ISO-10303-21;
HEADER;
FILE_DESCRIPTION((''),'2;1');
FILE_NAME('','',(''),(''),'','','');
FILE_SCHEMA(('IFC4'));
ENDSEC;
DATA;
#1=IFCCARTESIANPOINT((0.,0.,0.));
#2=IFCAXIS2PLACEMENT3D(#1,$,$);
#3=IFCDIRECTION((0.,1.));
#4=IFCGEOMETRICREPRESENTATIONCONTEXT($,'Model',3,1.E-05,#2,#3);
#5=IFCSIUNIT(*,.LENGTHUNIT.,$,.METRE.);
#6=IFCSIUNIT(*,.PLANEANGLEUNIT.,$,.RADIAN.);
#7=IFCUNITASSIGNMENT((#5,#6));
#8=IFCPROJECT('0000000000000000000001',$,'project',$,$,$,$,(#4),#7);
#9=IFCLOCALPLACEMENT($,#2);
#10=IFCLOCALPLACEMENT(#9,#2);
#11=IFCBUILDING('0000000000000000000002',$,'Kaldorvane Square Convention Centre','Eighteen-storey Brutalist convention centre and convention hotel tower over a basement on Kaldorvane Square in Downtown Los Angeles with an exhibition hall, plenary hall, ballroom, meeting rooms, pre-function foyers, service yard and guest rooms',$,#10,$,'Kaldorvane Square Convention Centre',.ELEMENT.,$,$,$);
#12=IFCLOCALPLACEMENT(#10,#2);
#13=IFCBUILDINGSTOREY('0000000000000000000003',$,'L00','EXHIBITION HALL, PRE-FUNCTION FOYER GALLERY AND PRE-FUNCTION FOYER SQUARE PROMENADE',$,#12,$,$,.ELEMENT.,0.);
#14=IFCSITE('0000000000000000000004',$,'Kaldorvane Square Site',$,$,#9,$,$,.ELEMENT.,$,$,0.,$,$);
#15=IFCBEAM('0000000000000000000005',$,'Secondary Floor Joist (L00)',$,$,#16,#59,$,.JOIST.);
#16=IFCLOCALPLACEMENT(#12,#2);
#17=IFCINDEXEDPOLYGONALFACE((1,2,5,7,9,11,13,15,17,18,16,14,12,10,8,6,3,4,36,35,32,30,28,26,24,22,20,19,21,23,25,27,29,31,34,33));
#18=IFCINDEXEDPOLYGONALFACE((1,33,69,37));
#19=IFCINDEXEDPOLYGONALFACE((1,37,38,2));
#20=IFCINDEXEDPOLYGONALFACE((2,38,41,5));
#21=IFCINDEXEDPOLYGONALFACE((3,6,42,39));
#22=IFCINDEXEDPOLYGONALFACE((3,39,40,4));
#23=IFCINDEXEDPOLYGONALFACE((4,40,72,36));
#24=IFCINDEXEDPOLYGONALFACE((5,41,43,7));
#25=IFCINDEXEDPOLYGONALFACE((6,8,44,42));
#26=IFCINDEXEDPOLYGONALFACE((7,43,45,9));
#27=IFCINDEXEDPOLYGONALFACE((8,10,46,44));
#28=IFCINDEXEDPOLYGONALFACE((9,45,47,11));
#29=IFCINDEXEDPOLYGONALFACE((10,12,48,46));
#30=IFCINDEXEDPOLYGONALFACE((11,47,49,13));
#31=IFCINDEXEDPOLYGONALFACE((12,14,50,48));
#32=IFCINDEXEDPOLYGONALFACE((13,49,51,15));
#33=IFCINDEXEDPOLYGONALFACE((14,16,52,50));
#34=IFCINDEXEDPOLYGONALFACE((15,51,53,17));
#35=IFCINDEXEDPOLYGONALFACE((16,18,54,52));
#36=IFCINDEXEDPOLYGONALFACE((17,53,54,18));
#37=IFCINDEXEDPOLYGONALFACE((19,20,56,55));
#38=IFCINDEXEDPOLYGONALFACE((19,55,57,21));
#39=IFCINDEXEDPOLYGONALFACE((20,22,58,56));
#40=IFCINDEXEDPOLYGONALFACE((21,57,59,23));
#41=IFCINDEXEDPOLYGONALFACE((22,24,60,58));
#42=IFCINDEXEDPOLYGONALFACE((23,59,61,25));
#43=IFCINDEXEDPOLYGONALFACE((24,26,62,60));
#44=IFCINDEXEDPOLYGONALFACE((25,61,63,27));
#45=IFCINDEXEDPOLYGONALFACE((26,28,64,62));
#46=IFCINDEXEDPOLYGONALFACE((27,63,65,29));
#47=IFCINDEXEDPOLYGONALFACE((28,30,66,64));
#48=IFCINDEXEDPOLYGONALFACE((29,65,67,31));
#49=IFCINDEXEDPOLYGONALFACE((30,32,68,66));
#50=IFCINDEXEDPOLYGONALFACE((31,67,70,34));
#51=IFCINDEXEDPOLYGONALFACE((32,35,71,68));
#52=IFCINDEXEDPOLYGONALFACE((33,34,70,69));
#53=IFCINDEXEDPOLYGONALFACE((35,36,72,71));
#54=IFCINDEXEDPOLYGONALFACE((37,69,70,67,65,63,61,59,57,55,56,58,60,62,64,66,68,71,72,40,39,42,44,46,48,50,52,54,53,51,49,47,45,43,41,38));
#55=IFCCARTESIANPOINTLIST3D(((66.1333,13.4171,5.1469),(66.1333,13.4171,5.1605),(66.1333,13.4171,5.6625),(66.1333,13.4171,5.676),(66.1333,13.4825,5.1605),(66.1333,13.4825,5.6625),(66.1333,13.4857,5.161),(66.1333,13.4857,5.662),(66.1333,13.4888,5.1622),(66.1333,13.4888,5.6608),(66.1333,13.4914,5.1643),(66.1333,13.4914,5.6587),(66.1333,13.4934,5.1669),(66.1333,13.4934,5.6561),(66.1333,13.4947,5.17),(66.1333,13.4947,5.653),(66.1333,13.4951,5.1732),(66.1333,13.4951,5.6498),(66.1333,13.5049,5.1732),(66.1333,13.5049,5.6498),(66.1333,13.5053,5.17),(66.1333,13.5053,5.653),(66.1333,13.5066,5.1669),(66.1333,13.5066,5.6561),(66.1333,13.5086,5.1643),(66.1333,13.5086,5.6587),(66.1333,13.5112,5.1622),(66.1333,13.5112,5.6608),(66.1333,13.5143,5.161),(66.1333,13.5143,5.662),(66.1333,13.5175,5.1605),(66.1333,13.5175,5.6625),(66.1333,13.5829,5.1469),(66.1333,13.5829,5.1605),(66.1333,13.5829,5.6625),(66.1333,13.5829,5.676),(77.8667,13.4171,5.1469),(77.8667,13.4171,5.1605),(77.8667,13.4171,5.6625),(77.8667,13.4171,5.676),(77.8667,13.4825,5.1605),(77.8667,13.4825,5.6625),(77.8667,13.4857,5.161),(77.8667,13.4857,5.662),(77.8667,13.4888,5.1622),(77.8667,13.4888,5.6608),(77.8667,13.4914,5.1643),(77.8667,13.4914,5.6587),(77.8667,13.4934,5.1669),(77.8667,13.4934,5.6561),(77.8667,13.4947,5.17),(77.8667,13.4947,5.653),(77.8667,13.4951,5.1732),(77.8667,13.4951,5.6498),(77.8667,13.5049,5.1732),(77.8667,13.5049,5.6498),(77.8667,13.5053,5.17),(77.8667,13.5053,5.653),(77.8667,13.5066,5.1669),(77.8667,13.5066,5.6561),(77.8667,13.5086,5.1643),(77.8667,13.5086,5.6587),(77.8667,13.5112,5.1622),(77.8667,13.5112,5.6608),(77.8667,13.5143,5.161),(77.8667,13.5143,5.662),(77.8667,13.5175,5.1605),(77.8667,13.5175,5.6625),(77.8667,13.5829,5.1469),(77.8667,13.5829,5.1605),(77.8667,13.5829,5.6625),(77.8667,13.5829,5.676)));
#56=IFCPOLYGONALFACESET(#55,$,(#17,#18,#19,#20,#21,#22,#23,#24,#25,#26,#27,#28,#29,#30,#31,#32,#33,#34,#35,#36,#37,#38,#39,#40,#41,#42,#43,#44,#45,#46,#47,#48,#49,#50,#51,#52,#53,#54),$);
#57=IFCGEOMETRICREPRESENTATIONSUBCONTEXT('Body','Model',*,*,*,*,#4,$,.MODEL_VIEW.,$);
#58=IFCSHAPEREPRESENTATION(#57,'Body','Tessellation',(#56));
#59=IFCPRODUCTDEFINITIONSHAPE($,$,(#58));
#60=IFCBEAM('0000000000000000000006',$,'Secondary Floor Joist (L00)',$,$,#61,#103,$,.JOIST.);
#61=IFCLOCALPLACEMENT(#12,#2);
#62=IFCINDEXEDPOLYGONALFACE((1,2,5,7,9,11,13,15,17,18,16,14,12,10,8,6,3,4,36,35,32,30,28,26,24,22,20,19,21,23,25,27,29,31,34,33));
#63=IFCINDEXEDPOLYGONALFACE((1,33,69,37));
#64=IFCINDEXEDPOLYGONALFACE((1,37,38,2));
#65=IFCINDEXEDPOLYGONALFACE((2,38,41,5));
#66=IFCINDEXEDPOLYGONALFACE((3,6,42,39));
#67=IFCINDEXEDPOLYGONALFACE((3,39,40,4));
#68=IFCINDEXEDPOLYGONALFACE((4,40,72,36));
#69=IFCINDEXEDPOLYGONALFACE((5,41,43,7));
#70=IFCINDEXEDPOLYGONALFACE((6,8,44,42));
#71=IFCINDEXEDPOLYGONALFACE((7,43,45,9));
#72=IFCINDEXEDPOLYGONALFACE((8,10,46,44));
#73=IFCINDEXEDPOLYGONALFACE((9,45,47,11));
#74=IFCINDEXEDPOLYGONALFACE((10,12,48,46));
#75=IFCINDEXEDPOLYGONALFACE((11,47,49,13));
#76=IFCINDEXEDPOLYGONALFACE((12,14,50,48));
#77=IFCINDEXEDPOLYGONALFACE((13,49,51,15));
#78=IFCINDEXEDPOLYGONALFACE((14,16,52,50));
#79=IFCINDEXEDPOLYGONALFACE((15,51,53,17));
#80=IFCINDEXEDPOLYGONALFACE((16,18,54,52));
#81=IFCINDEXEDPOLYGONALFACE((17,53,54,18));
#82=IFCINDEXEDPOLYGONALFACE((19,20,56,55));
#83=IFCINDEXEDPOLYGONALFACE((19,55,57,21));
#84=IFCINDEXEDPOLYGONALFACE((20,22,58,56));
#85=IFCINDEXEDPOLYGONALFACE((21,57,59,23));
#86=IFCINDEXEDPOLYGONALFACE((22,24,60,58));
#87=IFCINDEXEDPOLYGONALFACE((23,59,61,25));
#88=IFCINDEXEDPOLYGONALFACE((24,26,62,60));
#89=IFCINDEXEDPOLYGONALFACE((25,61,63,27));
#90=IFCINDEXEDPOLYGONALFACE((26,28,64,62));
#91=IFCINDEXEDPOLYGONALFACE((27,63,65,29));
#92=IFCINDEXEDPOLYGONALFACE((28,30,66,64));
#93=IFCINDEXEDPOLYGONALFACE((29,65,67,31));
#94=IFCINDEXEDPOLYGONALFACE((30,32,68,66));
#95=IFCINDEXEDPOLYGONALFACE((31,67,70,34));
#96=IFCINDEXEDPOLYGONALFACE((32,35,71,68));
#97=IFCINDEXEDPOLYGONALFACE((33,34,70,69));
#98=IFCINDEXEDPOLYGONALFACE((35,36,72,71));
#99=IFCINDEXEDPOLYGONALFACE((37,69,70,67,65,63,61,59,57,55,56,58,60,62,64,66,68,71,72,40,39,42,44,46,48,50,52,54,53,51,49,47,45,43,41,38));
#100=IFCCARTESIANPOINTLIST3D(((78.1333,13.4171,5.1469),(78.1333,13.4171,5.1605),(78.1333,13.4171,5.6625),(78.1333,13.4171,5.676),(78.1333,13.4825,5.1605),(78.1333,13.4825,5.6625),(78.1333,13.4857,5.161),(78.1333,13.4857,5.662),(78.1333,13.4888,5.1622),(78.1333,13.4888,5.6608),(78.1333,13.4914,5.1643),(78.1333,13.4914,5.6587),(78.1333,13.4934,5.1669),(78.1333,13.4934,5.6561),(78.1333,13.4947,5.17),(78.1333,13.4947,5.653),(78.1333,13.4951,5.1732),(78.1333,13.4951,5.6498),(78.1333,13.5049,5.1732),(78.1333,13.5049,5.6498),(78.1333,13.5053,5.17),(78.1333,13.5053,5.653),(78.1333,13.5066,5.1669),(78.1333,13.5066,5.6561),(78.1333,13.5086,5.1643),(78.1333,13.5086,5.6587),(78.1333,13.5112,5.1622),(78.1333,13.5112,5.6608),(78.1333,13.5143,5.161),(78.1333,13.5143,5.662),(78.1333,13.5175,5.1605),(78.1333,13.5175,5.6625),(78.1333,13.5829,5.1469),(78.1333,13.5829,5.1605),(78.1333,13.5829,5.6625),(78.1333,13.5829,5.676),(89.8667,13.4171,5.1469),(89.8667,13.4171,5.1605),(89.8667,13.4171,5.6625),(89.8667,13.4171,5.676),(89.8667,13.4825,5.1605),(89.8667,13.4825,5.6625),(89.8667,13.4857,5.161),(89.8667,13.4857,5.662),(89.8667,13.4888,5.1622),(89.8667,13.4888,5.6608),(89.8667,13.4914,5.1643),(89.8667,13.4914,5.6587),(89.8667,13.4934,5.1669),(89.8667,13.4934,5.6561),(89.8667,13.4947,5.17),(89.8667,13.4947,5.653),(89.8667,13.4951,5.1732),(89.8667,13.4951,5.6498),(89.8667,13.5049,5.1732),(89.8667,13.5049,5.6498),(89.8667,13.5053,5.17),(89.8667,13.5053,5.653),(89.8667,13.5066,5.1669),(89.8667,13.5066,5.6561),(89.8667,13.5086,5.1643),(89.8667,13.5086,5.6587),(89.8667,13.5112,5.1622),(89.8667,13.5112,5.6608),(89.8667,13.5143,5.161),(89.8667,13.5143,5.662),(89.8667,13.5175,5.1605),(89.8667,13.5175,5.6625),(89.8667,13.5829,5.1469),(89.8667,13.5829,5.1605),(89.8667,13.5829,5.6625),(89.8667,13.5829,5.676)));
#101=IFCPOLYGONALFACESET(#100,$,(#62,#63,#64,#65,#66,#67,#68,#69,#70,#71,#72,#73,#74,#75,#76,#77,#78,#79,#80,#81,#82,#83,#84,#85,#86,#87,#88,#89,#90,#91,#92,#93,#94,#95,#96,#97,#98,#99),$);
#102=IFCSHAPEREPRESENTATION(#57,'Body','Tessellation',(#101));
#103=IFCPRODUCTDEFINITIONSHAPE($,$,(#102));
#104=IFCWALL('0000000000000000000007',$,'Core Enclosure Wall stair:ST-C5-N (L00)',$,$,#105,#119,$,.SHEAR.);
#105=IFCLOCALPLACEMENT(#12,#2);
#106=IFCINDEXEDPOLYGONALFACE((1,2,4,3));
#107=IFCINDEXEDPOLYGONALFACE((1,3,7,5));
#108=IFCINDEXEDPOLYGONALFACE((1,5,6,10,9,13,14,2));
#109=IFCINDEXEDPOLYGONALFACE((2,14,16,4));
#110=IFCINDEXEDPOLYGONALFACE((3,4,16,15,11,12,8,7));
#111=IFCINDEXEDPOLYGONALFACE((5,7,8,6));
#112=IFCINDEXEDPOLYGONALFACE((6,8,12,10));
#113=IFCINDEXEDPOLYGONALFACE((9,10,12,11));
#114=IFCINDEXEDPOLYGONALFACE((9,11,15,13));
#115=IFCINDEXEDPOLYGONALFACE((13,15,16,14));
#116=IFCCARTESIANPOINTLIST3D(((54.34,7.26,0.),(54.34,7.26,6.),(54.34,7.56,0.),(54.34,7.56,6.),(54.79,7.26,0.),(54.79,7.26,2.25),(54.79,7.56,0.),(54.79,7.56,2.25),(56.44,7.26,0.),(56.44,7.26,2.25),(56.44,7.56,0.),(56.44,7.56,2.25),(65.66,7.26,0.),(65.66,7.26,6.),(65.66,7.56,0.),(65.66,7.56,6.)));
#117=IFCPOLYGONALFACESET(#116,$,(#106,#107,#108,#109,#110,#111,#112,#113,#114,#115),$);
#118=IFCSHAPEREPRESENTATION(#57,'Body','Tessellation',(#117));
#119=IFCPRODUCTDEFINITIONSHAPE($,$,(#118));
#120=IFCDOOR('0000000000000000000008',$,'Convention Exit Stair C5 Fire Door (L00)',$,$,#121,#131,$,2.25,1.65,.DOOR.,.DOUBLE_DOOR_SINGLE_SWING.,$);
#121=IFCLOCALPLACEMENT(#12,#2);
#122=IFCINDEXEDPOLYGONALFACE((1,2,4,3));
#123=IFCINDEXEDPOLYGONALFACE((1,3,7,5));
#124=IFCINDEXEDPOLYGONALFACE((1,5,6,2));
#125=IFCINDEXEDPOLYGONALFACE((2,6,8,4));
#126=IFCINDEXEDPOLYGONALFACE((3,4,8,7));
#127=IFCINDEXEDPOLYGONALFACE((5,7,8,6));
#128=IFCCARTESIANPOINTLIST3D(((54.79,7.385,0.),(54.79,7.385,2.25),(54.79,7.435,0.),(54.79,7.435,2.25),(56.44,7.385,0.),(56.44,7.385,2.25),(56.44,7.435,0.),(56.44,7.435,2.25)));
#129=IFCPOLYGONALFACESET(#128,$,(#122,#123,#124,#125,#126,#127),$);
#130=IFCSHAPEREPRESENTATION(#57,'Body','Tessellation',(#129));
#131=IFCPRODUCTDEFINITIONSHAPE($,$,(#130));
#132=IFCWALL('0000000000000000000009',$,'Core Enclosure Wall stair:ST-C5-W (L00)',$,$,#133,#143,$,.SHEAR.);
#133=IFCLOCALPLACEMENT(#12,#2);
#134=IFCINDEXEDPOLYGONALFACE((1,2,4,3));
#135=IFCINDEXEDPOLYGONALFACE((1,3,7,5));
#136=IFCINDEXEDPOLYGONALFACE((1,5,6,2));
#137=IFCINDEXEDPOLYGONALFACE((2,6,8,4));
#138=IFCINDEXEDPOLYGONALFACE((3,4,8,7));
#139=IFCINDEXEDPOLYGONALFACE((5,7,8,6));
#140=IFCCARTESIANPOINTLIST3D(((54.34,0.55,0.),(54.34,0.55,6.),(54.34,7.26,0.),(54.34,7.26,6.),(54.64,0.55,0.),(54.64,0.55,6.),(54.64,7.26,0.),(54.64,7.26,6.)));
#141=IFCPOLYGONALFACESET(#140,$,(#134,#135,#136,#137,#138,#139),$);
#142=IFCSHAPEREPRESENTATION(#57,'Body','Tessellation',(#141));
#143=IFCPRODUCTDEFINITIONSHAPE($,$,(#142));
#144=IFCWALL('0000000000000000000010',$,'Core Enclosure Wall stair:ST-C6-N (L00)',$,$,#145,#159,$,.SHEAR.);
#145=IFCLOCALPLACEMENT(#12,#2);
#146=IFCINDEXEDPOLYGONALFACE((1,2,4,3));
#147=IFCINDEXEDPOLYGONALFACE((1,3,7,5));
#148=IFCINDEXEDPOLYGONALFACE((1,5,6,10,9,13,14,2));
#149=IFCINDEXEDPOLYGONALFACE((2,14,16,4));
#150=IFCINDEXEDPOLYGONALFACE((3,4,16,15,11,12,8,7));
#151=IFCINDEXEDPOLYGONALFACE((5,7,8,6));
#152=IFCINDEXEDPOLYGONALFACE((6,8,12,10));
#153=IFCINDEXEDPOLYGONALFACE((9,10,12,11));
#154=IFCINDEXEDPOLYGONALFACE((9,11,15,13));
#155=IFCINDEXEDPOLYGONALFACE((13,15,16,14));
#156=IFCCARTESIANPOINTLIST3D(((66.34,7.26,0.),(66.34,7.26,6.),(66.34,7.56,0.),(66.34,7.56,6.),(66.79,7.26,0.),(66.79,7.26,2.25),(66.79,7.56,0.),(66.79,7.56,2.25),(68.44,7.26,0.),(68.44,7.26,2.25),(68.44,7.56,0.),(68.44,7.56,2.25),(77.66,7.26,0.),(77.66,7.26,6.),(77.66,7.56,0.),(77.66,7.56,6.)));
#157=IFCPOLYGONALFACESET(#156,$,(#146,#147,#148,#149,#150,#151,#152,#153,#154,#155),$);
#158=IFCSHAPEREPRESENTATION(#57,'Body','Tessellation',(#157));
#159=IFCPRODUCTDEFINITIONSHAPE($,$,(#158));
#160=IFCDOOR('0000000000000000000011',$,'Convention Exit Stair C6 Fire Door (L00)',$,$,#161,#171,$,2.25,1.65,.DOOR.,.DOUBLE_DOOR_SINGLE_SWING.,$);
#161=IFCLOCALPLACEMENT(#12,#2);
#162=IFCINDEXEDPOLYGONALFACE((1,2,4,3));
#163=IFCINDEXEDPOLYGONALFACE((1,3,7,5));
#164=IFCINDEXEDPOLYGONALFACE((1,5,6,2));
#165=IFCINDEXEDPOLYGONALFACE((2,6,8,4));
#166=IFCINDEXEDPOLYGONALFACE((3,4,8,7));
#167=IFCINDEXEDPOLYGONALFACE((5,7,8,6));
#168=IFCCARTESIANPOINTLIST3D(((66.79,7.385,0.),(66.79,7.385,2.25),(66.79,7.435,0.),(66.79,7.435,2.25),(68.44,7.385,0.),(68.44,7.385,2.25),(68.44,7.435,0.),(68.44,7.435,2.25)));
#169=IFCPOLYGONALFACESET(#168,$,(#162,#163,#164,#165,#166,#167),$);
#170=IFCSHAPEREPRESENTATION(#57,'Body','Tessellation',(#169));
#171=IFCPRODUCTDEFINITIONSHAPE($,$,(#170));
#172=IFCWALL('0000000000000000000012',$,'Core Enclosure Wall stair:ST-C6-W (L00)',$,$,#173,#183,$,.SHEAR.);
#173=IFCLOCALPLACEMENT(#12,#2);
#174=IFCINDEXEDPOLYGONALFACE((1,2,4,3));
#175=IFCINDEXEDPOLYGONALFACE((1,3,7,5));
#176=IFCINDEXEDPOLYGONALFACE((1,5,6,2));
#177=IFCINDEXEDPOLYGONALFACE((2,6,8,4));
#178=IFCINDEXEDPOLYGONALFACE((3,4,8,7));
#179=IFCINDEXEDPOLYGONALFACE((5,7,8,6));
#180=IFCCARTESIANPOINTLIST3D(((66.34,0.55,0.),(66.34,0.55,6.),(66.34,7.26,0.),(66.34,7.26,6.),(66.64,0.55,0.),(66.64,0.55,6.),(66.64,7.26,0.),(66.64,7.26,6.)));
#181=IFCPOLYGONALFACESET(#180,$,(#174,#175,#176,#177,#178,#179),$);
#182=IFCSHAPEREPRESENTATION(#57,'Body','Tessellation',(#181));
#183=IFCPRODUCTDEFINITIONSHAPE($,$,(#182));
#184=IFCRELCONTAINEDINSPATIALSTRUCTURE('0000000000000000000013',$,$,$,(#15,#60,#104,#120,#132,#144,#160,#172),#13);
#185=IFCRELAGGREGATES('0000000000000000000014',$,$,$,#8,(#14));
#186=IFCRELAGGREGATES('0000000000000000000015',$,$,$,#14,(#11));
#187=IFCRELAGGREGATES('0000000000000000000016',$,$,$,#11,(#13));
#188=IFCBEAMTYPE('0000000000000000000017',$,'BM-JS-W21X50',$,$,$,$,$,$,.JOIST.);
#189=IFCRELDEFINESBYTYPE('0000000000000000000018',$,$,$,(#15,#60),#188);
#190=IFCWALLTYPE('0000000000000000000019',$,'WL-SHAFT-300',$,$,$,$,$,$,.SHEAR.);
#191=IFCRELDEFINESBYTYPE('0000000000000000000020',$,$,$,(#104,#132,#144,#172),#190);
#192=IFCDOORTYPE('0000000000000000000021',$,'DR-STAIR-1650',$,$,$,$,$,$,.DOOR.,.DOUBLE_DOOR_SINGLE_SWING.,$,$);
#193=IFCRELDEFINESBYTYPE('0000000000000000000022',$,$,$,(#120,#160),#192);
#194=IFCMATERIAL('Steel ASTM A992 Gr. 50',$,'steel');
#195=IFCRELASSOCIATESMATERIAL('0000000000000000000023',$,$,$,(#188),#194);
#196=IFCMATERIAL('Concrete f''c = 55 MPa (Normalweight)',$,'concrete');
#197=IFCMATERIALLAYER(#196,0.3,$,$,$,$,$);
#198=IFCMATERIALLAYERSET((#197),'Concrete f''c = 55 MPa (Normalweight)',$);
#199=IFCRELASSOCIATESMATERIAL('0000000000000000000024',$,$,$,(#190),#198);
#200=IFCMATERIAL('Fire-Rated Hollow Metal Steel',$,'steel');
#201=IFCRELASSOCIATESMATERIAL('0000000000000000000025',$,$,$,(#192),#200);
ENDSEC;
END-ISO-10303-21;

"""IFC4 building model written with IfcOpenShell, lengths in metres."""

from ifc_helpers import new_model, si_unit, direction, frame, frame_2d, origin, origin_2d, place, context, subcontext, project, spatial, rectangle, i_section, extrude, material, layer, layer_set, material_profile, profile_set, type_object, element, fill, save


model = new_model("IFC4")

# Units and contexts
model_context = context("Model", 3, precision=1e-05, world=origin(), true_north=direction((0.0, 1.0)))
body_context = subcontext(model_context, "Body", "Model", "MODEL_VIEW")
ifc_project = project(units=[si_unit("LENGTHUNIT", "METRE"), si_unit("PLANEANGLEUNIT", "RADIAN")], contexts=[model_context])

# Site, building, storey
site_placement = place(None, origin())
site = spatial("IfcSite", under=ifc_project, at=site_placement, Name="Kaldorvane Square Site", CompositionType="ELEMENT", RefElevation=0.0)
building_placement = place(site_placement, origin())
building = spatial("IfcBuilding", under=site, at=building_placement, Name="Kaldorvane Square Convention Centre", Description="Eighteen-storey Brutalist convention centre and convention hotel tower over a basement on Kaldorvane Square in Downtown Los Angeles with an exhibition hall, plenary hall, ballroom, meeting rooms, pre-function foyers, service yard and guest rooms", LongName="Kaldorvane Square Convention Centre", CompositionType="ELEMENT")
storey_placement = place(building_placement, origin())
storey = spatial("IfcBuildingStorey", under=building, at=storey_placement, Name="L00", Description="EXHIBITION HALL, PRE-FUNCTION FOYER GALLERY AND PRE-FUNCTION FOYER SQUARE PROMENADE", CompositionType="ELEMENT", Elevation=0.0)

# Shared definitions
ifc_material_1 = material(Name="Steel ASTM A992 Gr. 50", Category="steel")

# Beams
ifc_material_profile_1 = material_profile(ifc_material_1, i_section(OverallWidth=0.1659, OverallDepth=0.5291, WebThickness=0.0097, FlangeThickness=0.0136, FilletRadius=0.0127, at=origin_2d()), Name="W21X50")
ifc_profile_set_1 = profile_set([ifc_material_profile_1], Name="Steel ASTM A992 Gr. 50")
beam_type_1 = type_object("IfcBeamType", Name="BM-JS-W21X50", PredefinedType="JOIST", material=ifc_profile_set_1)
for number, where, z_axis, x_axis, name in (
    (1, (66.1333, 13.5, 5.4115), (1.0, 0.0, 0.0), (0.0, 1.0, 0.0), "Secondary Floor Joist (L00)"),
    (2, (78.1333, 13.5, 5.4115), (1.0, 0.0, 0.0), (0.0, 1.0, 0.0), "Secondary Floor Joist (L00)"),
):
    element("IfcBeam", number, at=place(storey_placement, frame(where, z_axis=z_axis, x_axis=x_axis)), inside=storey, type_object=beam_type_1, Name=name, PredefinedType="JOIST", context=body_context, shape_type="SweptSolid", body=[
        extrude(i_section(OverallWidth=0.1659, OverallDepth=0.5291, WebThickness=0.0097, FlangeThickness=0.0136, FilletRadius=0.0127, at=origin_2d()), origin(), (0.0, 0.0, 1.0), 11.7334),
    ])

# Wall, opening, door
ifc_material_2 = material(Name="Concrete f'c = 55 MPa (Normalweight)", Category="concrete")
ifc_layer = layer(ifc_material_2, 0.3)
ifc_layer_set = layer_set([ifc_layer], Name="Concrete f'c = 55 MPa (Normalweight)")
wall_type = type_object("IfcWallType", Name="WL-SHAFT-300", PredefinedType="SHEAR", material=ifc_layer_set)
wall_1_placement = place(storey_placement, frame((65.66, 7.41, 0.0), z_axis=(0.0, 0.0, 1.0), x_axis=(-1.0, 0.0, 0.0)))
wall_1 = element("IfcWall", 3, at=wall_1_placement, inside=storey, type_object=wall_type, Name="Core Enclosure Wall stair:ST-C5-N (L00)", PredefinedType="SHEAR", context=body_context, shape_type="SweptSolid", body=[
    extrude(rectangle(XDim=11.32, YDim=0.3, at=frame_2d((5.66, 0.0))), origin(), (0.0, 0.0, 1.0), 6.0),
])
opening_1_placement = place(wall_1_placement, frame((9.22, 0.0, 0.0)))
opening_1 = element("IfcOpeningElement", 4, at=opening_1_placement, cuts=wall_1, PredefinedType="OPENING", context=body_context, shape_type="SweptSolid", body=[
    extrude(rectangle(XDim=1.65, YDim=2.25, at=frame_2d((0.825, 1.125))), frame((0.0, 0.165, 0.0), z_axis=(0.0, -1.0, 0.0), x_axis=(1.0, 0.0, 0.0)), (0.0, 0.0, 1.0), 0.33),
])
ifc_material_3 = material(Name="Fire-Rated Hollow Metal Steel", Category="steel")
door_type = type_object("IfcDoorType", Name="DR-STAIR-1650", OperationType="DOUBLE_DOOR_SINGLE_SWING", PredefinedType="DOOR", material=ifc_material_3)
door_1_placement = place(opening_1_placement, origin())
door_1 = element("IfcDoor", 5, at=door_1_placement, inside=storey, type_object=door_type, Name="Convention Exit Stair C5 Fire Door (L00)", OperationType="DOUBLE_DOOR_SINGLE_SWING", OverallHeight=2.25, OverallWidth=1.65, PredefinedType="DOOR", context=body_context, shape_type="SweptSolid", body=[
    extrude(rectangle(XDim=1.65, YDim=2.25, at=frame_2d((0.825, 1.125))), frame((0.0, 0.025, 0.0), z_axis=(0.0, -1.0, 0.0), x_axis=(1.0, 0.0, 0.0)), (0.0, 0.0, 1.0), 0.05),
])
fill(opening_1, door_1)

# Wall
wall_2_placement = place(storey_placement, frame((54.49, 7.26, 0.0), z_axis=(0.0, 0.0, 1.0), x_axis=(0.0, -1.0, 0.0)))
element("IfcWall", 6, at=wall_2_placement, inside=storey, type_object=wall_type, Name="Core Enclosure Wall stair:ST-C5-W (L00)", PredefinedType="SHEAR", context=body_context, shape_type="SweptSolid", body=[
    extrude(rectangle(XDim=6.71, YDim=0.3, at=frame_2d((3.355, 0.0))), origin(), (0.0, 0.0, 1.0), 6.0),
])

# Wall, opening, door
wall_3_placement = place(storey_placement, frame((77.66, 7.41, 0.0), z_axis=(0.0, 0.0, 1.0), x_axis=(-1.0, 0.0, 0.0)))
wall_3 = element("IfcWall", 7, at=wall_3_placement, inside=storey, type_object=wall_type, Name="Core Enclosure Wall stair:ST-C6-N (L00)", PredefinedType="SHEAR", context=body_context, shape_type="SweptSolid", body=[
    extrude(rectangle(XDim=11.32, YDim=0.3, at=frame_2d((5.66, 0.0))), origin(), (0.0, 0.0, 1.0), 6.0),
])
opening_2_placement = place(wall_3_placement, frame((9.22, 0.0, 0.0)))
opening_2 = element("IfcOpeningElement", 8, at=opening_2_placement, cuts=wall_3, PredefinedType="OPENING", context=body_context, shape_type="SweptSolid", body=[
    extrude(rectangle(XDim=1.65, YDim=2.25, at=frame_2d((0.825, 1.125))), frame((0.0, 0.165, 0.0), z_axis=(0.0, -1.0, 0.0), x_axis=(1.0, 0.0, 0.0)), (0.0, 0.0, 1.0), 0.33),
])
door_2_placement = place(opening_2_placement, origin())
door_2 = element("IfcDoor", 9, at=door_2_placement, inside=storey, type_object=door_type, Name="Convention Exit Stair C6 Fire Door (L00)", OperationType="DOUBLE_DOOR_SINGLE_SWING", OverallHeight=2.25, OverallWidth=1.65, PredefinedType="DOOR", context=body_context, shape_type="SweptSolid", body=[
    extrude(rectangle(XDim=1.65, YDim=2.25, at=frame_2d((0.825, 1.125))), frame((0.0, 0.025, 0.0), z_axis=(0.0, -1.0, 0.0), x_axis=(1.0, 0.0, 0.0)), (0.0, 0.0, 1.0), 0.05),
])
fill(opening_2, door_2)

# Wall
for number, where, z_axis, x_axis, name in (
    (10, (66.49, 7.26, 0.0), (0.0, 0.0, 1.0), (0.0, -1.0, 0.0), "Core Enclosure Wall stair:ST-C6-W (L00)"),
):
    element("IfcWall", number, at=place(storey_placement, frame(where, z_axis=z_axis, x_axis=x_axis)), inside=storey, type_object=wall_type, Name=name, PredefinedType="SHEAR", context=body_context, shape_type="SweptSolid", body=[
        extrude(rectangle(XDim=6.71, YDim=0.3, at=frame_2d((3.355, 0.0))), origin(), (0.0, 0.0, 1.0), 6.0),
    ])

save(model, "model.ifc")
